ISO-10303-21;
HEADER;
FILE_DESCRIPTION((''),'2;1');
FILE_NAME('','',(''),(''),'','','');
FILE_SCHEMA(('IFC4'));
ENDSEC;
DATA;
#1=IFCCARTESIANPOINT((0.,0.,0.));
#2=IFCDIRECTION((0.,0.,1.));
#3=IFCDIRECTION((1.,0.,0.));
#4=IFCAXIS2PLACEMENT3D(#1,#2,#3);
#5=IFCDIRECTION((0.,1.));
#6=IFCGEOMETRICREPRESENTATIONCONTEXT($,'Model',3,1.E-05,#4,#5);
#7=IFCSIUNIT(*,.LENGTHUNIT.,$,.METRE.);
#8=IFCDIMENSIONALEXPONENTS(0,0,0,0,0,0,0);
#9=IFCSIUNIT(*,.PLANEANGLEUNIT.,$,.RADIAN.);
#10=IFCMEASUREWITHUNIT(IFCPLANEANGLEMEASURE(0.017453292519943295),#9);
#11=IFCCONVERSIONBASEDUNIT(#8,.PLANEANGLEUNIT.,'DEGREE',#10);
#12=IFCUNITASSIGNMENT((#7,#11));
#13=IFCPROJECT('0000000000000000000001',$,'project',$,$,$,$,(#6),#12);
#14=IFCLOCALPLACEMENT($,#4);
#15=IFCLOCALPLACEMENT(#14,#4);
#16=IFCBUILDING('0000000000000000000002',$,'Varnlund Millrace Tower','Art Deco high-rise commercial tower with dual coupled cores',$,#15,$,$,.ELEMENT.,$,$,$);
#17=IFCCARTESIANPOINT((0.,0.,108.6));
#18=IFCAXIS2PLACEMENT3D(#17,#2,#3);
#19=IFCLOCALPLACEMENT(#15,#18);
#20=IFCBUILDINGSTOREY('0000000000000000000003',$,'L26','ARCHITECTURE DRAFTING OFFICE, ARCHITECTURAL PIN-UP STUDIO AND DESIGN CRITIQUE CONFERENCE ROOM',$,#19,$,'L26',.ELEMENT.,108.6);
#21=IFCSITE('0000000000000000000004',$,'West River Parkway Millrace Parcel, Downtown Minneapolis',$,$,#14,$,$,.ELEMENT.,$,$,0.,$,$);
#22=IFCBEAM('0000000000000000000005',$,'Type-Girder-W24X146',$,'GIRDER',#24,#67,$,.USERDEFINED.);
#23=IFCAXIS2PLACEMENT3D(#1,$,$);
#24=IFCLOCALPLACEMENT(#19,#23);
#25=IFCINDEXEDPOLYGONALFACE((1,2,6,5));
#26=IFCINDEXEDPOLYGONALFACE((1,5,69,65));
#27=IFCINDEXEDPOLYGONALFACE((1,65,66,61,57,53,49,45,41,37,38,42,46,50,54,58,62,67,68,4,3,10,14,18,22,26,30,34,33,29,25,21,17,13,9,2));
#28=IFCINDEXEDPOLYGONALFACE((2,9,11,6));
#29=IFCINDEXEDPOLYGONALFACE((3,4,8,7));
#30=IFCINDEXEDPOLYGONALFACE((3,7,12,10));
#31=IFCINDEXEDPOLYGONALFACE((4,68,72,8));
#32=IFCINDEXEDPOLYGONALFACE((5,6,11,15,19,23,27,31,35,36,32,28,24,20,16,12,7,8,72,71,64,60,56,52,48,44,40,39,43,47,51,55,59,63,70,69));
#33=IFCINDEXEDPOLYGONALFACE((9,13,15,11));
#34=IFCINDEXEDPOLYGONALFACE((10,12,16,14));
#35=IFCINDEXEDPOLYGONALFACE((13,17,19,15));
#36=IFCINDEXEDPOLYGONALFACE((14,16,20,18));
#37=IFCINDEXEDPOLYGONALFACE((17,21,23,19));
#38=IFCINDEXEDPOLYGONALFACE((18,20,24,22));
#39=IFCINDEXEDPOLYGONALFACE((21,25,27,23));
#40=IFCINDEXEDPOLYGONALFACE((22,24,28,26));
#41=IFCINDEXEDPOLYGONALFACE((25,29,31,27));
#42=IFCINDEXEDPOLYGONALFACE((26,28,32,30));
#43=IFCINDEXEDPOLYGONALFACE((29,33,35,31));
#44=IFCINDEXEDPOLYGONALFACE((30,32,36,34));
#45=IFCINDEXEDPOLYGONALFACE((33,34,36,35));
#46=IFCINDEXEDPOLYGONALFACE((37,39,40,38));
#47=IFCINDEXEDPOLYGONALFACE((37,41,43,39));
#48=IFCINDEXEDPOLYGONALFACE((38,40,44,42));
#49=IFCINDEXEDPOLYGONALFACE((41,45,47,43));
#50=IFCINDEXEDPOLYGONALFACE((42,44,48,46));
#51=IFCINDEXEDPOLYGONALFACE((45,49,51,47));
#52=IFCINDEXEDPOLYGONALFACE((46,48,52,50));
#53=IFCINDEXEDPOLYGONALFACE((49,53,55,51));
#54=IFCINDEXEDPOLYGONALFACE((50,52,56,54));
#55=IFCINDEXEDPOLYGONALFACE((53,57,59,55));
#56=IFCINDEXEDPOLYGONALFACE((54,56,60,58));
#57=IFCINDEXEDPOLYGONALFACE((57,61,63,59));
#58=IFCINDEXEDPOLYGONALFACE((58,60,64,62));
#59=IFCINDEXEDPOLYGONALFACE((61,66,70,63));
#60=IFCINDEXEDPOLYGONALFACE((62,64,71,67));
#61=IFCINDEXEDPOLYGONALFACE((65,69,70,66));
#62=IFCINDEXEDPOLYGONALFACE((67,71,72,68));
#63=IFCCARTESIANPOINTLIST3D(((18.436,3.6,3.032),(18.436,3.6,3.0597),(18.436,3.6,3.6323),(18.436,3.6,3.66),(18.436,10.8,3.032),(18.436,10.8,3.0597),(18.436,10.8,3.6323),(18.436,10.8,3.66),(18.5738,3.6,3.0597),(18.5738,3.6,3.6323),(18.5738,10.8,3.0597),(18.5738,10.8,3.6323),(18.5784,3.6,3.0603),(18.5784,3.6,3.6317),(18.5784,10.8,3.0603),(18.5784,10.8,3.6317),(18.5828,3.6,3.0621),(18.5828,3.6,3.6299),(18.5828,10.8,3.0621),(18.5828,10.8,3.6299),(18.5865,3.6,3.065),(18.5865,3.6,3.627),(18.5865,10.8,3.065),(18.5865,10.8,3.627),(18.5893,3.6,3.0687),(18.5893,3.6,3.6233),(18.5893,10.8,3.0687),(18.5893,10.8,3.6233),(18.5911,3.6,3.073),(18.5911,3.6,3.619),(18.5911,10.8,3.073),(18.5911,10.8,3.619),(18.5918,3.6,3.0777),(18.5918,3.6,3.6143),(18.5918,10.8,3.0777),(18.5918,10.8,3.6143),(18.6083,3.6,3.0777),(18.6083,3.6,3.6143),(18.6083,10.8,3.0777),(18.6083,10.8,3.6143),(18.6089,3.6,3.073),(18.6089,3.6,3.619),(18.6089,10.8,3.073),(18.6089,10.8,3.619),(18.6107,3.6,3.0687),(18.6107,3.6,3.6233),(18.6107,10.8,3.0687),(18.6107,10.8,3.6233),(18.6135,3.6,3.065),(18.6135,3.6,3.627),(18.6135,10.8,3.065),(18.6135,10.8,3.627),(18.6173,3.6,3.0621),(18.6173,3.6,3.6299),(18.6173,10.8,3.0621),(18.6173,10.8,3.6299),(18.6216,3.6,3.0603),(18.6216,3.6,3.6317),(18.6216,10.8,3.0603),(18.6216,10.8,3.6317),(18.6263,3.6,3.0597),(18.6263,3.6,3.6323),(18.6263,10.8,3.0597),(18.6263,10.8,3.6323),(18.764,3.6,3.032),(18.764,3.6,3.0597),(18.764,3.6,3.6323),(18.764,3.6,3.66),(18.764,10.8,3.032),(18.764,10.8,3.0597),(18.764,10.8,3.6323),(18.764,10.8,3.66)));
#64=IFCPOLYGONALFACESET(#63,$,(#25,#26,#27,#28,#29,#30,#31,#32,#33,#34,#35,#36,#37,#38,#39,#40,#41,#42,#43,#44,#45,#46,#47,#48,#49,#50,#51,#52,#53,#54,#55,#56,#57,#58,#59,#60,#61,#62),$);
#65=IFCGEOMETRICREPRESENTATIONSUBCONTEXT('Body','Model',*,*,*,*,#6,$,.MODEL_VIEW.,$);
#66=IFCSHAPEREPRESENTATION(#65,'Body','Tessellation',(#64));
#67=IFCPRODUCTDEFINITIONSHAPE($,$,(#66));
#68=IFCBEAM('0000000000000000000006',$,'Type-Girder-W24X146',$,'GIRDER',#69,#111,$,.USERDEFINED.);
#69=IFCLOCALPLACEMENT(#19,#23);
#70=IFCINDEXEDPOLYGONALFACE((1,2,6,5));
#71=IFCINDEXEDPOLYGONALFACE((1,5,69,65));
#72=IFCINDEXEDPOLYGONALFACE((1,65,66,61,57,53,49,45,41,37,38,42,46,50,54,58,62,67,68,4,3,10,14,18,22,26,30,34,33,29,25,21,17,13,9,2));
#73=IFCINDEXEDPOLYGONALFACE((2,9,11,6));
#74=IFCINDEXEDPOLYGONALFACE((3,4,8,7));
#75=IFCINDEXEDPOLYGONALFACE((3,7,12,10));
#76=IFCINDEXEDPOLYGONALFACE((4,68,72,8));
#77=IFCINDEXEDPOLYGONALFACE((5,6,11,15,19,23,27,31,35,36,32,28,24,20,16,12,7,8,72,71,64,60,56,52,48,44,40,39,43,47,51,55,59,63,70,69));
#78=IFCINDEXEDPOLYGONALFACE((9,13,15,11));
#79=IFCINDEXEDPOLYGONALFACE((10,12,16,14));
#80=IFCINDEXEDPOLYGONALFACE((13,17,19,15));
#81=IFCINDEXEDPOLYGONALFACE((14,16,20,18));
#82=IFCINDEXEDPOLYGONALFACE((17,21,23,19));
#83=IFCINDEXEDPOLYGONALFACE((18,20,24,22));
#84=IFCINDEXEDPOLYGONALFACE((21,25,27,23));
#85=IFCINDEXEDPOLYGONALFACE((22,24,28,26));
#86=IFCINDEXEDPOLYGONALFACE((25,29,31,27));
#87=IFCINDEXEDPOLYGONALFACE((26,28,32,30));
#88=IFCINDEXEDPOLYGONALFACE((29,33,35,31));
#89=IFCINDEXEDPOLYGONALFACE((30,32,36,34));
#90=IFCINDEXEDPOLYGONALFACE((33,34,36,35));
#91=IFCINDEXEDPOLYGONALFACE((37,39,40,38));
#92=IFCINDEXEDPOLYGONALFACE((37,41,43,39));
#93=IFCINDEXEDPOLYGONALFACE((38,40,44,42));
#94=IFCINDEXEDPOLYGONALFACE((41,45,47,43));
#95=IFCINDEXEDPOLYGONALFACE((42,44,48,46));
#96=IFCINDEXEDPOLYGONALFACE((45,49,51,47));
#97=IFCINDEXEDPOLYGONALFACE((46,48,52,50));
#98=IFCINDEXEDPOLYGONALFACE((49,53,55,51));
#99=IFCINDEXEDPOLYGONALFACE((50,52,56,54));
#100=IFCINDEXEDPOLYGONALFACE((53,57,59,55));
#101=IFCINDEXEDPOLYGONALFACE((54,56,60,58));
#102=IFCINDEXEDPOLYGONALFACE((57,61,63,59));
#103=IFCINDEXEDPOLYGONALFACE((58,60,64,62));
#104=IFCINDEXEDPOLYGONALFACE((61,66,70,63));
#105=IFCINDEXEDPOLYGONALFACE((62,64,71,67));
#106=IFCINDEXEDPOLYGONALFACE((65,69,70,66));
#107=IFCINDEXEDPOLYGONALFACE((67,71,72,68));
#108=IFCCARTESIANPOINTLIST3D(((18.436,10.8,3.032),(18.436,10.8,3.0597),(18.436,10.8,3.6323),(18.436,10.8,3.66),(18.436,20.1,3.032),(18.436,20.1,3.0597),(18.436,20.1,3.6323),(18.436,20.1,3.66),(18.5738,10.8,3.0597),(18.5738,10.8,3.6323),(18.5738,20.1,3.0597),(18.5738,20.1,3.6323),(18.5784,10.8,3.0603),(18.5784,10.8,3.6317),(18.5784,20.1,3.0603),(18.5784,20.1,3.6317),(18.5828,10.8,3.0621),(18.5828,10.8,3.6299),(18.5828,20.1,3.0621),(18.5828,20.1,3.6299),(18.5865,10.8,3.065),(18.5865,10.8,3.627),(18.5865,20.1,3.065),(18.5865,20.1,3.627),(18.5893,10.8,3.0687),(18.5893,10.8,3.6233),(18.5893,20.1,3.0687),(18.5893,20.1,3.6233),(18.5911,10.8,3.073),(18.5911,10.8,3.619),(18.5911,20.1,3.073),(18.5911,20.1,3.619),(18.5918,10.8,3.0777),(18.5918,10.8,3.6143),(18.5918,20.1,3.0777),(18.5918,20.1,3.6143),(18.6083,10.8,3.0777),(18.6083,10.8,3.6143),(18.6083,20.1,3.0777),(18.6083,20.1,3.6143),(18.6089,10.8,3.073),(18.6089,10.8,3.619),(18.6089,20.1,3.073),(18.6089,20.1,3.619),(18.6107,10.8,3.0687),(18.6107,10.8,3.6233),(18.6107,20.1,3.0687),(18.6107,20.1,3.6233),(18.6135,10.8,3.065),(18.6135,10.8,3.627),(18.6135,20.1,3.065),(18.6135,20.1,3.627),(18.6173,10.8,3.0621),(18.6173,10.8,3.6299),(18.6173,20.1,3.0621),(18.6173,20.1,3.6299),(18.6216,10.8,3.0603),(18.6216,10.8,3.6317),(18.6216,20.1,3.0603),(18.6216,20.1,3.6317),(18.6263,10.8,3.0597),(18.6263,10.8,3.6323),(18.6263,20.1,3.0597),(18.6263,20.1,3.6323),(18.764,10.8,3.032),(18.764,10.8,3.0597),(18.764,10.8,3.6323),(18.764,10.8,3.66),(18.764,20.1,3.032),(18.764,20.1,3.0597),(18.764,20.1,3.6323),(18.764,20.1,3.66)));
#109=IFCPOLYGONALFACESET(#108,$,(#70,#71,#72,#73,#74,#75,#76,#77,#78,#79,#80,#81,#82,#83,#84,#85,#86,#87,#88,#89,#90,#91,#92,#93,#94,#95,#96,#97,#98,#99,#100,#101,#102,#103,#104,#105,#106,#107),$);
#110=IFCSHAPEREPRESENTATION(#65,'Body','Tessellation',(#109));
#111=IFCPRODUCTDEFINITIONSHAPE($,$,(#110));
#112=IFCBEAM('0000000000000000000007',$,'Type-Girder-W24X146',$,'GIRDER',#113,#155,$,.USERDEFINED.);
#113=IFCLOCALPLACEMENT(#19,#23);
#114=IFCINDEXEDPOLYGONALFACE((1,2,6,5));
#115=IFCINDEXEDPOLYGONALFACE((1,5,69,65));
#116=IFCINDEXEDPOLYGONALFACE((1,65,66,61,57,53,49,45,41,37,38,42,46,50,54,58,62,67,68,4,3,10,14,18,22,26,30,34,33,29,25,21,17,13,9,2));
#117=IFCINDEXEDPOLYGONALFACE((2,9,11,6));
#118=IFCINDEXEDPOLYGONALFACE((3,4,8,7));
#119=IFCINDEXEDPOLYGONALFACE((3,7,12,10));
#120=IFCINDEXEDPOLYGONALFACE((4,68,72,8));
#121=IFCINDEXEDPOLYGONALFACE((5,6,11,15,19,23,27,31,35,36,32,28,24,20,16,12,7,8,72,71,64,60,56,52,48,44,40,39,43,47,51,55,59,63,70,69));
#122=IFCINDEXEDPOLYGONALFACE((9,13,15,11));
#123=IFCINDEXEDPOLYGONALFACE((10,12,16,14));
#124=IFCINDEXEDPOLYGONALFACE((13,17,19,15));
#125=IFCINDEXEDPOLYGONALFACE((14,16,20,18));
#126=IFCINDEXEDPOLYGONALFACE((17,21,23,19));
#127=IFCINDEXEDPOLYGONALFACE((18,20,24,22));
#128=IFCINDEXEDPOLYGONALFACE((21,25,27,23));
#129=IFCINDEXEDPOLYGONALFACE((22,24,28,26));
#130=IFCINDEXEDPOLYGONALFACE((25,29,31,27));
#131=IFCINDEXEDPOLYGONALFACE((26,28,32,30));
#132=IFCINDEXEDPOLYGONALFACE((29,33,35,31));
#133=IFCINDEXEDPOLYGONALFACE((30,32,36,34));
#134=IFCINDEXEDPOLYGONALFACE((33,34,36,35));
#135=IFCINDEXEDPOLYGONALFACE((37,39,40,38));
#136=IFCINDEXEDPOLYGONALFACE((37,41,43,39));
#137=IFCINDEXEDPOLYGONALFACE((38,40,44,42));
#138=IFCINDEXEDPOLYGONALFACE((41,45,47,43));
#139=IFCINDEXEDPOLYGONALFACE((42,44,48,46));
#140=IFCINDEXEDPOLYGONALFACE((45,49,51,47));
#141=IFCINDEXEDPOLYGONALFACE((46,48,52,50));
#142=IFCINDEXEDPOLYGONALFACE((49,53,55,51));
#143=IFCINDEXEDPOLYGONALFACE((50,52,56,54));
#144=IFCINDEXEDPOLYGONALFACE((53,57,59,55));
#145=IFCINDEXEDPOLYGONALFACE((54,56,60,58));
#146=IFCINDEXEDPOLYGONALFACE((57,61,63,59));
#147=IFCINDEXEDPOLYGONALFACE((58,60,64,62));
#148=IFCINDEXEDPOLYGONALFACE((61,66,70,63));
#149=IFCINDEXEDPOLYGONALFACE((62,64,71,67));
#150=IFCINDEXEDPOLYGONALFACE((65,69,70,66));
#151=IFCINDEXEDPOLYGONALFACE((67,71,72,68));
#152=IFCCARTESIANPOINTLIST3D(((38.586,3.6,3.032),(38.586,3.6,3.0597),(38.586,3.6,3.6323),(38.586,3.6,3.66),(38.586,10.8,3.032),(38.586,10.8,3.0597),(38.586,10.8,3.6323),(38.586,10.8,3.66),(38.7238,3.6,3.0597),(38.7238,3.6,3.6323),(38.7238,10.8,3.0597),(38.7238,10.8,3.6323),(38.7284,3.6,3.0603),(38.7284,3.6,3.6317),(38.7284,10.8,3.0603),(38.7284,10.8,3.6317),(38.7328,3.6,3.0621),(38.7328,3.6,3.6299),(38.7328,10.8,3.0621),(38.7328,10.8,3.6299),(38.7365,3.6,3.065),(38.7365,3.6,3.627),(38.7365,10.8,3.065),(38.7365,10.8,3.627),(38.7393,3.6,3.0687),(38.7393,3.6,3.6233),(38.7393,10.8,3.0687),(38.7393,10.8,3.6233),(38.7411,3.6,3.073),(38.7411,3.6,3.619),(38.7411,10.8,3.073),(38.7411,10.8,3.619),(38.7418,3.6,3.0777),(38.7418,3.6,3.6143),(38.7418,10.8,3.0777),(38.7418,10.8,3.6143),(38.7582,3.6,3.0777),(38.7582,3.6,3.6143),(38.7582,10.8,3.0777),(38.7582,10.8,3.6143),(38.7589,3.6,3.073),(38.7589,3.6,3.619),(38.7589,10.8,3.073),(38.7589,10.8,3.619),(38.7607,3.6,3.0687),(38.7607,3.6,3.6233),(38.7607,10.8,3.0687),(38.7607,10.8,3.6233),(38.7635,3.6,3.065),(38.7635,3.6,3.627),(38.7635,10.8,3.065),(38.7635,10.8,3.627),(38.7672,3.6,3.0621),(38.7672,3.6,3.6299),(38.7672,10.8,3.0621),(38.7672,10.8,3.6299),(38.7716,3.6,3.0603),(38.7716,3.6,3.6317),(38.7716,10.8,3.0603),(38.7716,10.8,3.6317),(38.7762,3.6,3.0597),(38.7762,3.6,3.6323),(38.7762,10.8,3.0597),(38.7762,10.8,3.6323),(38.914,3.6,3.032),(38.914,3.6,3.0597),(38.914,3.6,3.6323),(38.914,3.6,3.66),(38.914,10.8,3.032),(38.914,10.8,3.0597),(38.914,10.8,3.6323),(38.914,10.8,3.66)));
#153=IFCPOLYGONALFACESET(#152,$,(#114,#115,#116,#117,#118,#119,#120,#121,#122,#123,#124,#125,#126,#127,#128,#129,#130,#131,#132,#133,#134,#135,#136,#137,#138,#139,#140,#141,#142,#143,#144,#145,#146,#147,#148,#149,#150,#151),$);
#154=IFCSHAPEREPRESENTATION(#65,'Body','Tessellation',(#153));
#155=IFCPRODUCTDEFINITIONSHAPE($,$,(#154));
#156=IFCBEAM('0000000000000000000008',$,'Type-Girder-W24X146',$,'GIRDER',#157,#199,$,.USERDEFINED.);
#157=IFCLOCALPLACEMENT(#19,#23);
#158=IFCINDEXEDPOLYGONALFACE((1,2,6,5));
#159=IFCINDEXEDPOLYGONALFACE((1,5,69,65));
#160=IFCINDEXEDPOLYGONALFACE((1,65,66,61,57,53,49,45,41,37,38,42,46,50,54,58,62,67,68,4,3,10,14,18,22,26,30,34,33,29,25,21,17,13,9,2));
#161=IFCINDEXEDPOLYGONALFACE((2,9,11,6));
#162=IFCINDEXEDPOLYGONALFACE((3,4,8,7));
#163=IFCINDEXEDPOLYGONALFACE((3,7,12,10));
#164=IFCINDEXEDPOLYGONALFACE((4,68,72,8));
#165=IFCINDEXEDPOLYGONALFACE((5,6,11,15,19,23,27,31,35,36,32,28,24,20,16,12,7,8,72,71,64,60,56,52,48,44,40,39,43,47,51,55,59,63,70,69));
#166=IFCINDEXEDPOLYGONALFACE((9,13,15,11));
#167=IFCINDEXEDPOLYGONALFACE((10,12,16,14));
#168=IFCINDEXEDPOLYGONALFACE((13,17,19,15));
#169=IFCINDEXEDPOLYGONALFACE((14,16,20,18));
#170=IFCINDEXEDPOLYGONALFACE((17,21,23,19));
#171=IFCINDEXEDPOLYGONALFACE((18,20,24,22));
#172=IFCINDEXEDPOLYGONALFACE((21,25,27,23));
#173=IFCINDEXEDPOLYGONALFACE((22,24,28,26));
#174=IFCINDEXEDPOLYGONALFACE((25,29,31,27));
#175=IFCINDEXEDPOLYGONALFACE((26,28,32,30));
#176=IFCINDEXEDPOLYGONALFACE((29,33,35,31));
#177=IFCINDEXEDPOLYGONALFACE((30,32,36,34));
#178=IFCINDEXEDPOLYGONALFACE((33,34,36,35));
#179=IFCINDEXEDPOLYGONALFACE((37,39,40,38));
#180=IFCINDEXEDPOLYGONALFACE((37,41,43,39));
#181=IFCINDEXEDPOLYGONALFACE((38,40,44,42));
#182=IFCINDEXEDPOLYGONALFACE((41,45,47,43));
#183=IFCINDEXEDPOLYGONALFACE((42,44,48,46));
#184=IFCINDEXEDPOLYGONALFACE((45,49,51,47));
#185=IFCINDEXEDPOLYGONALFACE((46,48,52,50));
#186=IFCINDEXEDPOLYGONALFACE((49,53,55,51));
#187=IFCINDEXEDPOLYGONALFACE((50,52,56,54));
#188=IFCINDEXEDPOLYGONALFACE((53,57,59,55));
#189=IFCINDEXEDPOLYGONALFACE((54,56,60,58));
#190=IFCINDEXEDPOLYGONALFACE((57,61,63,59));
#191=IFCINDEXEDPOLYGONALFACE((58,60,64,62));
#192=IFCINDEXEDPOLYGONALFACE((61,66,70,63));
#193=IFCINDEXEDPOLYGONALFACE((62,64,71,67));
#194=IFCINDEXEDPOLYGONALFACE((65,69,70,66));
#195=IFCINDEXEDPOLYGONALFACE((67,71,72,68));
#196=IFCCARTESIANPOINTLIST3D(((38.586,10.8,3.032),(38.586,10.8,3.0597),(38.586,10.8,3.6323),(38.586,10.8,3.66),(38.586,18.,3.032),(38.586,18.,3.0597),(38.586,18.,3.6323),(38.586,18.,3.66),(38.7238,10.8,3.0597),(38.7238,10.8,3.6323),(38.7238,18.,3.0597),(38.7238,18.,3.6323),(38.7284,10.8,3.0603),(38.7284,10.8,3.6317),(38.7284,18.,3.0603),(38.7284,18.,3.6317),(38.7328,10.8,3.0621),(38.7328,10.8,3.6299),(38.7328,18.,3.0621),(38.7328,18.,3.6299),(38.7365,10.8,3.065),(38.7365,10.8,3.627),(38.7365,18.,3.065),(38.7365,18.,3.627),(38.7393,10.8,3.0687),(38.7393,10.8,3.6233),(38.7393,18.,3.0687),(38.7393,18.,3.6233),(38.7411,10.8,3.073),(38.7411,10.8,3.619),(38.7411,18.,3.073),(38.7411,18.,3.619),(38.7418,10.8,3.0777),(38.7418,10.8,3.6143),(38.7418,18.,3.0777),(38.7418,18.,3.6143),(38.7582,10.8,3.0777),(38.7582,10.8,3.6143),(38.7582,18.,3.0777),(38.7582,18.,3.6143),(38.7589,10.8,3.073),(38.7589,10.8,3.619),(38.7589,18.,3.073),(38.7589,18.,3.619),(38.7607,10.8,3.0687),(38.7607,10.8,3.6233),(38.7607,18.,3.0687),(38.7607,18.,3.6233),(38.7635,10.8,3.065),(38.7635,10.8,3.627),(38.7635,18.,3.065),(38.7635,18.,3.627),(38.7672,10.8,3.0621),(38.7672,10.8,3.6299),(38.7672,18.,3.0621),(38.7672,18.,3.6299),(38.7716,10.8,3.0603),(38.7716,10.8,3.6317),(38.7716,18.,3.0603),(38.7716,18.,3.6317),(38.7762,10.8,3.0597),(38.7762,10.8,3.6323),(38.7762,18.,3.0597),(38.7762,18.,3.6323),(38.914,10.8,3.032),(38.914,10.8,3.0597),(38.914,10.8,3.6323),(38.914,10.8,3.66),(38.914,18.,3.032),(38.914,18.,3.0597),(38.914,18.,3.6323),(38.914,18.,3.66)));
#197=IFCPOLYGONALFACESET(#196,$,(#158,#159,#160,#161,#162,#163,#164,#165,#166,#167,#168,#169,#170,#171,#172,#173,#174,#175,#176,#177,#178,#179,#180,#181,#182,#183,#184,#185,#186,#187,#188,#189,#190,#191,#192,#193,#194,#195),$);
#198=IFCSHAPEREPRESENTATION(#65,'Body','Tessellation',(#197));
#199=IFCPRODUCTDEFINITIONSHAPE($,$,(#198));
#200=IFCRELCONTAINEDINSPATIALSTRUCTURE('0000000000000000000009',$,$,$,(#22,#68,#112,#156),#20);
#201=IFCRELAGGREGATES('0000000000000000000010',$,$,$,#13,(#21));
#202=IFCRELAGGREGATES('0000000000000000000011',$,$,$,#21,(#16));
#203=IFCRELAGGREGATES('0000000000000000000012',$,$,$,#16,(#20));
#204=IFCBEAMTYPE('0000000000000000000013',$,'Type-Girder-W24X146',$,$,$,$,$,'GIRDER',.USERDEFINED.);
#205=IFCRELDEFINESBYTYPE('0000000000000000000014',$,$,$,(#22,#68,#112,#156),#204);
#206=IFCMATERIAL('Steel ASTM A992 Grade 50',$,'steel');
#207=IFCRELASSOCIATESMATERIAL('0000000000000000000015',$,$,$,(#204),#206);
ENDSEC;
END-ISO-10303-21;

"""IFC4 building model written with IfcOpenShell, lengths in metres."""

from ifc_helpers import new_model, entity, si_unit, converted_unit, direction, frame, origin_with_axes, origin_2d_with_axis, place, context, subcontext, project, spatial, i_section, extrude, material, material_profile, profile_set, type_object, element, save


model = new_model("IFC4")

# Units and contexts
model_context = context("Model", 3, precision=1e-05, world=origin_with_axes(), true_north=direction((0.0, 1.0)))
body_context = subcontext(model_context, "Body", "Model", "MODEL_VIEW")
ifc_project = project(units=[si_unit("LENGTHUNIT", "METRE"), converted_unit("PLANEANGLEUNIT", "DEGREE", entity("IfcPlaneAngleMeasure", 0.017453292519943295), si_unit("PLANEANGLEUNIT", "RADIAN"), dimensions=[0, 0, 0, 0, 0, 0, 0])], contexts=[model_context])

# Site, building, storey
site_placement = place(None, origin_with_axes())
site = spatial("IfcSite", under=ifc_project, at=site_placement, Name="West River Parkway Millrace Parcel, Downtown Minneapolis", CompositionType="ELEMENT", RefElevation=0.0)
building_placement = place(site_placement, origin_with_axes())
building = spatial("IfcBuilding", under=site, at=building_placement, Name="Varnlund Millrace Tower", Description="Art Deco high-rise commercial tower with dual coupled cores", CompositionType="ELEMENT")
storey_placement = place(building_placement, frame((0.0, 0.0, 108.6), z_axis=(0.0, 0.0, 1.0), x_axis=(1.0, 0.0, 0.0)))
storey = spatial("IfcBuildingStorey", under=building, at=storey_placement, Name="L26", Description="ARCHITECTURE DRAFTING OFFICE, ARCHITECTURAL PIN-UP STUDIO AND DESIGN CRITIQUE CONFERENCE ROOM", LongName="L26", CompositionType="ELEMENT", Elevation=108.6)

# Beams
ifc_material_1 = material(Name="Steel ASTM A992 Grade 50", Category="steel")
ifc_material_profile_1 = material_profile(ifc_material_1, i_section(OverallWidth=0.328, OverallDepth=0.628, WebThickness=0.0165, FlangeThickness=0.0277, FilletRadius=0.018, at=origin_2d_with_axis()), Name="Steel ASTM A992 Grade 50")
ifc_profile_set_1 = profile_set([ifc_material_profile_1], Name="Steel ASTM A992 Grade 50")
beam_type_1 = type_object("IfcBeamType", Name="Type-Girder-W24X146", ElementType="GIRDER", PredefinedType="USERDEFINED", material=ifc_profile_set_1)
beam_1_placement = place(storey_placement, frame((18.6, 3.6, 3.346), z_axis=(0.0, 1.0, 0.0), x_axis=(-1.0, 0.0, 0.0)))
element("IfcBeam", 1, at=beam_1_placement, inside=storey, type_object=beam_type_1, Name="Type-Girder-W24X146", ObjectType="GIRDER", PredefinedType="USERDEFINED", context=body_context, shape_type="SweptSolid", body=[
    extrude(i_section(OverallWidth=0.328, OverallDepth=0.628, WebThickness=0.0165, FlangeThickness=0.0277, FilletRadius=0.018, at=origin_2d_with_axis()), origin_with_axes(), (0.0, 0.0, 1.0), 7.2),
])
beam_2_placement = place(storey_placement, frame((18.6, 10.8, 3.346), z_axis=(0.0, 1.0, 0.0), x_axis=(-1.0, 0.0, 0.0)))
element("IfcBeam", 2, at=beam_2_placement, inside=storey, type_object=beam_type_1, Name="Type-Girder-W24X146", ObjectType="GIRDER", PredefinedType="USERDEFINED", context=body_context, shape_type="SweptSolid", body=[
    extrude(i_section(OverallWidth=0.328, OverallDepth=0.628, WebThickness=0.0165, FlangeThickness=0.0277, FilletRadius=0.018, at=origin_2d_with_axis()), origin_with_axes(), (0.0, 0.0, 1.0), 9.3),
])
for number, where, z_axis, x_axis, name in (
    (3, (38.75, 3.6, 3.346), (0.0, 1.0, 0.0), (-1.0, 0.0, 0.0), "Type-Girder-W24X146"),
    (4, (38.75, 10.8, 3.346), (0.0, 1.0, 0.0), (-1.0, 0.0, 0.0), "Type-Girder-W24X146"),
):
    element("IfcBeam", number, at=place(storey_placement, frame(where, z_axis=z_axis, x_axis=x_axis)), inside=storey, type_object=beam_type_1, Name=name, ObjectType="GIRDER", PredefinedType="USERDEFINED", context=body_context, shape_type="SweptSolid", body=[
        extrude(i_section(OverallWidth=0.328, OverallDepth=0.628, WebThickness=0.0165, FlangeThickness=0.0277, FilletRadius=0.018, at=origin_2d_with_axis()), origin_with_axes(), (0.0, 0.0, 1.0), 7.2),
    ])

save(model, "model.ifc")
